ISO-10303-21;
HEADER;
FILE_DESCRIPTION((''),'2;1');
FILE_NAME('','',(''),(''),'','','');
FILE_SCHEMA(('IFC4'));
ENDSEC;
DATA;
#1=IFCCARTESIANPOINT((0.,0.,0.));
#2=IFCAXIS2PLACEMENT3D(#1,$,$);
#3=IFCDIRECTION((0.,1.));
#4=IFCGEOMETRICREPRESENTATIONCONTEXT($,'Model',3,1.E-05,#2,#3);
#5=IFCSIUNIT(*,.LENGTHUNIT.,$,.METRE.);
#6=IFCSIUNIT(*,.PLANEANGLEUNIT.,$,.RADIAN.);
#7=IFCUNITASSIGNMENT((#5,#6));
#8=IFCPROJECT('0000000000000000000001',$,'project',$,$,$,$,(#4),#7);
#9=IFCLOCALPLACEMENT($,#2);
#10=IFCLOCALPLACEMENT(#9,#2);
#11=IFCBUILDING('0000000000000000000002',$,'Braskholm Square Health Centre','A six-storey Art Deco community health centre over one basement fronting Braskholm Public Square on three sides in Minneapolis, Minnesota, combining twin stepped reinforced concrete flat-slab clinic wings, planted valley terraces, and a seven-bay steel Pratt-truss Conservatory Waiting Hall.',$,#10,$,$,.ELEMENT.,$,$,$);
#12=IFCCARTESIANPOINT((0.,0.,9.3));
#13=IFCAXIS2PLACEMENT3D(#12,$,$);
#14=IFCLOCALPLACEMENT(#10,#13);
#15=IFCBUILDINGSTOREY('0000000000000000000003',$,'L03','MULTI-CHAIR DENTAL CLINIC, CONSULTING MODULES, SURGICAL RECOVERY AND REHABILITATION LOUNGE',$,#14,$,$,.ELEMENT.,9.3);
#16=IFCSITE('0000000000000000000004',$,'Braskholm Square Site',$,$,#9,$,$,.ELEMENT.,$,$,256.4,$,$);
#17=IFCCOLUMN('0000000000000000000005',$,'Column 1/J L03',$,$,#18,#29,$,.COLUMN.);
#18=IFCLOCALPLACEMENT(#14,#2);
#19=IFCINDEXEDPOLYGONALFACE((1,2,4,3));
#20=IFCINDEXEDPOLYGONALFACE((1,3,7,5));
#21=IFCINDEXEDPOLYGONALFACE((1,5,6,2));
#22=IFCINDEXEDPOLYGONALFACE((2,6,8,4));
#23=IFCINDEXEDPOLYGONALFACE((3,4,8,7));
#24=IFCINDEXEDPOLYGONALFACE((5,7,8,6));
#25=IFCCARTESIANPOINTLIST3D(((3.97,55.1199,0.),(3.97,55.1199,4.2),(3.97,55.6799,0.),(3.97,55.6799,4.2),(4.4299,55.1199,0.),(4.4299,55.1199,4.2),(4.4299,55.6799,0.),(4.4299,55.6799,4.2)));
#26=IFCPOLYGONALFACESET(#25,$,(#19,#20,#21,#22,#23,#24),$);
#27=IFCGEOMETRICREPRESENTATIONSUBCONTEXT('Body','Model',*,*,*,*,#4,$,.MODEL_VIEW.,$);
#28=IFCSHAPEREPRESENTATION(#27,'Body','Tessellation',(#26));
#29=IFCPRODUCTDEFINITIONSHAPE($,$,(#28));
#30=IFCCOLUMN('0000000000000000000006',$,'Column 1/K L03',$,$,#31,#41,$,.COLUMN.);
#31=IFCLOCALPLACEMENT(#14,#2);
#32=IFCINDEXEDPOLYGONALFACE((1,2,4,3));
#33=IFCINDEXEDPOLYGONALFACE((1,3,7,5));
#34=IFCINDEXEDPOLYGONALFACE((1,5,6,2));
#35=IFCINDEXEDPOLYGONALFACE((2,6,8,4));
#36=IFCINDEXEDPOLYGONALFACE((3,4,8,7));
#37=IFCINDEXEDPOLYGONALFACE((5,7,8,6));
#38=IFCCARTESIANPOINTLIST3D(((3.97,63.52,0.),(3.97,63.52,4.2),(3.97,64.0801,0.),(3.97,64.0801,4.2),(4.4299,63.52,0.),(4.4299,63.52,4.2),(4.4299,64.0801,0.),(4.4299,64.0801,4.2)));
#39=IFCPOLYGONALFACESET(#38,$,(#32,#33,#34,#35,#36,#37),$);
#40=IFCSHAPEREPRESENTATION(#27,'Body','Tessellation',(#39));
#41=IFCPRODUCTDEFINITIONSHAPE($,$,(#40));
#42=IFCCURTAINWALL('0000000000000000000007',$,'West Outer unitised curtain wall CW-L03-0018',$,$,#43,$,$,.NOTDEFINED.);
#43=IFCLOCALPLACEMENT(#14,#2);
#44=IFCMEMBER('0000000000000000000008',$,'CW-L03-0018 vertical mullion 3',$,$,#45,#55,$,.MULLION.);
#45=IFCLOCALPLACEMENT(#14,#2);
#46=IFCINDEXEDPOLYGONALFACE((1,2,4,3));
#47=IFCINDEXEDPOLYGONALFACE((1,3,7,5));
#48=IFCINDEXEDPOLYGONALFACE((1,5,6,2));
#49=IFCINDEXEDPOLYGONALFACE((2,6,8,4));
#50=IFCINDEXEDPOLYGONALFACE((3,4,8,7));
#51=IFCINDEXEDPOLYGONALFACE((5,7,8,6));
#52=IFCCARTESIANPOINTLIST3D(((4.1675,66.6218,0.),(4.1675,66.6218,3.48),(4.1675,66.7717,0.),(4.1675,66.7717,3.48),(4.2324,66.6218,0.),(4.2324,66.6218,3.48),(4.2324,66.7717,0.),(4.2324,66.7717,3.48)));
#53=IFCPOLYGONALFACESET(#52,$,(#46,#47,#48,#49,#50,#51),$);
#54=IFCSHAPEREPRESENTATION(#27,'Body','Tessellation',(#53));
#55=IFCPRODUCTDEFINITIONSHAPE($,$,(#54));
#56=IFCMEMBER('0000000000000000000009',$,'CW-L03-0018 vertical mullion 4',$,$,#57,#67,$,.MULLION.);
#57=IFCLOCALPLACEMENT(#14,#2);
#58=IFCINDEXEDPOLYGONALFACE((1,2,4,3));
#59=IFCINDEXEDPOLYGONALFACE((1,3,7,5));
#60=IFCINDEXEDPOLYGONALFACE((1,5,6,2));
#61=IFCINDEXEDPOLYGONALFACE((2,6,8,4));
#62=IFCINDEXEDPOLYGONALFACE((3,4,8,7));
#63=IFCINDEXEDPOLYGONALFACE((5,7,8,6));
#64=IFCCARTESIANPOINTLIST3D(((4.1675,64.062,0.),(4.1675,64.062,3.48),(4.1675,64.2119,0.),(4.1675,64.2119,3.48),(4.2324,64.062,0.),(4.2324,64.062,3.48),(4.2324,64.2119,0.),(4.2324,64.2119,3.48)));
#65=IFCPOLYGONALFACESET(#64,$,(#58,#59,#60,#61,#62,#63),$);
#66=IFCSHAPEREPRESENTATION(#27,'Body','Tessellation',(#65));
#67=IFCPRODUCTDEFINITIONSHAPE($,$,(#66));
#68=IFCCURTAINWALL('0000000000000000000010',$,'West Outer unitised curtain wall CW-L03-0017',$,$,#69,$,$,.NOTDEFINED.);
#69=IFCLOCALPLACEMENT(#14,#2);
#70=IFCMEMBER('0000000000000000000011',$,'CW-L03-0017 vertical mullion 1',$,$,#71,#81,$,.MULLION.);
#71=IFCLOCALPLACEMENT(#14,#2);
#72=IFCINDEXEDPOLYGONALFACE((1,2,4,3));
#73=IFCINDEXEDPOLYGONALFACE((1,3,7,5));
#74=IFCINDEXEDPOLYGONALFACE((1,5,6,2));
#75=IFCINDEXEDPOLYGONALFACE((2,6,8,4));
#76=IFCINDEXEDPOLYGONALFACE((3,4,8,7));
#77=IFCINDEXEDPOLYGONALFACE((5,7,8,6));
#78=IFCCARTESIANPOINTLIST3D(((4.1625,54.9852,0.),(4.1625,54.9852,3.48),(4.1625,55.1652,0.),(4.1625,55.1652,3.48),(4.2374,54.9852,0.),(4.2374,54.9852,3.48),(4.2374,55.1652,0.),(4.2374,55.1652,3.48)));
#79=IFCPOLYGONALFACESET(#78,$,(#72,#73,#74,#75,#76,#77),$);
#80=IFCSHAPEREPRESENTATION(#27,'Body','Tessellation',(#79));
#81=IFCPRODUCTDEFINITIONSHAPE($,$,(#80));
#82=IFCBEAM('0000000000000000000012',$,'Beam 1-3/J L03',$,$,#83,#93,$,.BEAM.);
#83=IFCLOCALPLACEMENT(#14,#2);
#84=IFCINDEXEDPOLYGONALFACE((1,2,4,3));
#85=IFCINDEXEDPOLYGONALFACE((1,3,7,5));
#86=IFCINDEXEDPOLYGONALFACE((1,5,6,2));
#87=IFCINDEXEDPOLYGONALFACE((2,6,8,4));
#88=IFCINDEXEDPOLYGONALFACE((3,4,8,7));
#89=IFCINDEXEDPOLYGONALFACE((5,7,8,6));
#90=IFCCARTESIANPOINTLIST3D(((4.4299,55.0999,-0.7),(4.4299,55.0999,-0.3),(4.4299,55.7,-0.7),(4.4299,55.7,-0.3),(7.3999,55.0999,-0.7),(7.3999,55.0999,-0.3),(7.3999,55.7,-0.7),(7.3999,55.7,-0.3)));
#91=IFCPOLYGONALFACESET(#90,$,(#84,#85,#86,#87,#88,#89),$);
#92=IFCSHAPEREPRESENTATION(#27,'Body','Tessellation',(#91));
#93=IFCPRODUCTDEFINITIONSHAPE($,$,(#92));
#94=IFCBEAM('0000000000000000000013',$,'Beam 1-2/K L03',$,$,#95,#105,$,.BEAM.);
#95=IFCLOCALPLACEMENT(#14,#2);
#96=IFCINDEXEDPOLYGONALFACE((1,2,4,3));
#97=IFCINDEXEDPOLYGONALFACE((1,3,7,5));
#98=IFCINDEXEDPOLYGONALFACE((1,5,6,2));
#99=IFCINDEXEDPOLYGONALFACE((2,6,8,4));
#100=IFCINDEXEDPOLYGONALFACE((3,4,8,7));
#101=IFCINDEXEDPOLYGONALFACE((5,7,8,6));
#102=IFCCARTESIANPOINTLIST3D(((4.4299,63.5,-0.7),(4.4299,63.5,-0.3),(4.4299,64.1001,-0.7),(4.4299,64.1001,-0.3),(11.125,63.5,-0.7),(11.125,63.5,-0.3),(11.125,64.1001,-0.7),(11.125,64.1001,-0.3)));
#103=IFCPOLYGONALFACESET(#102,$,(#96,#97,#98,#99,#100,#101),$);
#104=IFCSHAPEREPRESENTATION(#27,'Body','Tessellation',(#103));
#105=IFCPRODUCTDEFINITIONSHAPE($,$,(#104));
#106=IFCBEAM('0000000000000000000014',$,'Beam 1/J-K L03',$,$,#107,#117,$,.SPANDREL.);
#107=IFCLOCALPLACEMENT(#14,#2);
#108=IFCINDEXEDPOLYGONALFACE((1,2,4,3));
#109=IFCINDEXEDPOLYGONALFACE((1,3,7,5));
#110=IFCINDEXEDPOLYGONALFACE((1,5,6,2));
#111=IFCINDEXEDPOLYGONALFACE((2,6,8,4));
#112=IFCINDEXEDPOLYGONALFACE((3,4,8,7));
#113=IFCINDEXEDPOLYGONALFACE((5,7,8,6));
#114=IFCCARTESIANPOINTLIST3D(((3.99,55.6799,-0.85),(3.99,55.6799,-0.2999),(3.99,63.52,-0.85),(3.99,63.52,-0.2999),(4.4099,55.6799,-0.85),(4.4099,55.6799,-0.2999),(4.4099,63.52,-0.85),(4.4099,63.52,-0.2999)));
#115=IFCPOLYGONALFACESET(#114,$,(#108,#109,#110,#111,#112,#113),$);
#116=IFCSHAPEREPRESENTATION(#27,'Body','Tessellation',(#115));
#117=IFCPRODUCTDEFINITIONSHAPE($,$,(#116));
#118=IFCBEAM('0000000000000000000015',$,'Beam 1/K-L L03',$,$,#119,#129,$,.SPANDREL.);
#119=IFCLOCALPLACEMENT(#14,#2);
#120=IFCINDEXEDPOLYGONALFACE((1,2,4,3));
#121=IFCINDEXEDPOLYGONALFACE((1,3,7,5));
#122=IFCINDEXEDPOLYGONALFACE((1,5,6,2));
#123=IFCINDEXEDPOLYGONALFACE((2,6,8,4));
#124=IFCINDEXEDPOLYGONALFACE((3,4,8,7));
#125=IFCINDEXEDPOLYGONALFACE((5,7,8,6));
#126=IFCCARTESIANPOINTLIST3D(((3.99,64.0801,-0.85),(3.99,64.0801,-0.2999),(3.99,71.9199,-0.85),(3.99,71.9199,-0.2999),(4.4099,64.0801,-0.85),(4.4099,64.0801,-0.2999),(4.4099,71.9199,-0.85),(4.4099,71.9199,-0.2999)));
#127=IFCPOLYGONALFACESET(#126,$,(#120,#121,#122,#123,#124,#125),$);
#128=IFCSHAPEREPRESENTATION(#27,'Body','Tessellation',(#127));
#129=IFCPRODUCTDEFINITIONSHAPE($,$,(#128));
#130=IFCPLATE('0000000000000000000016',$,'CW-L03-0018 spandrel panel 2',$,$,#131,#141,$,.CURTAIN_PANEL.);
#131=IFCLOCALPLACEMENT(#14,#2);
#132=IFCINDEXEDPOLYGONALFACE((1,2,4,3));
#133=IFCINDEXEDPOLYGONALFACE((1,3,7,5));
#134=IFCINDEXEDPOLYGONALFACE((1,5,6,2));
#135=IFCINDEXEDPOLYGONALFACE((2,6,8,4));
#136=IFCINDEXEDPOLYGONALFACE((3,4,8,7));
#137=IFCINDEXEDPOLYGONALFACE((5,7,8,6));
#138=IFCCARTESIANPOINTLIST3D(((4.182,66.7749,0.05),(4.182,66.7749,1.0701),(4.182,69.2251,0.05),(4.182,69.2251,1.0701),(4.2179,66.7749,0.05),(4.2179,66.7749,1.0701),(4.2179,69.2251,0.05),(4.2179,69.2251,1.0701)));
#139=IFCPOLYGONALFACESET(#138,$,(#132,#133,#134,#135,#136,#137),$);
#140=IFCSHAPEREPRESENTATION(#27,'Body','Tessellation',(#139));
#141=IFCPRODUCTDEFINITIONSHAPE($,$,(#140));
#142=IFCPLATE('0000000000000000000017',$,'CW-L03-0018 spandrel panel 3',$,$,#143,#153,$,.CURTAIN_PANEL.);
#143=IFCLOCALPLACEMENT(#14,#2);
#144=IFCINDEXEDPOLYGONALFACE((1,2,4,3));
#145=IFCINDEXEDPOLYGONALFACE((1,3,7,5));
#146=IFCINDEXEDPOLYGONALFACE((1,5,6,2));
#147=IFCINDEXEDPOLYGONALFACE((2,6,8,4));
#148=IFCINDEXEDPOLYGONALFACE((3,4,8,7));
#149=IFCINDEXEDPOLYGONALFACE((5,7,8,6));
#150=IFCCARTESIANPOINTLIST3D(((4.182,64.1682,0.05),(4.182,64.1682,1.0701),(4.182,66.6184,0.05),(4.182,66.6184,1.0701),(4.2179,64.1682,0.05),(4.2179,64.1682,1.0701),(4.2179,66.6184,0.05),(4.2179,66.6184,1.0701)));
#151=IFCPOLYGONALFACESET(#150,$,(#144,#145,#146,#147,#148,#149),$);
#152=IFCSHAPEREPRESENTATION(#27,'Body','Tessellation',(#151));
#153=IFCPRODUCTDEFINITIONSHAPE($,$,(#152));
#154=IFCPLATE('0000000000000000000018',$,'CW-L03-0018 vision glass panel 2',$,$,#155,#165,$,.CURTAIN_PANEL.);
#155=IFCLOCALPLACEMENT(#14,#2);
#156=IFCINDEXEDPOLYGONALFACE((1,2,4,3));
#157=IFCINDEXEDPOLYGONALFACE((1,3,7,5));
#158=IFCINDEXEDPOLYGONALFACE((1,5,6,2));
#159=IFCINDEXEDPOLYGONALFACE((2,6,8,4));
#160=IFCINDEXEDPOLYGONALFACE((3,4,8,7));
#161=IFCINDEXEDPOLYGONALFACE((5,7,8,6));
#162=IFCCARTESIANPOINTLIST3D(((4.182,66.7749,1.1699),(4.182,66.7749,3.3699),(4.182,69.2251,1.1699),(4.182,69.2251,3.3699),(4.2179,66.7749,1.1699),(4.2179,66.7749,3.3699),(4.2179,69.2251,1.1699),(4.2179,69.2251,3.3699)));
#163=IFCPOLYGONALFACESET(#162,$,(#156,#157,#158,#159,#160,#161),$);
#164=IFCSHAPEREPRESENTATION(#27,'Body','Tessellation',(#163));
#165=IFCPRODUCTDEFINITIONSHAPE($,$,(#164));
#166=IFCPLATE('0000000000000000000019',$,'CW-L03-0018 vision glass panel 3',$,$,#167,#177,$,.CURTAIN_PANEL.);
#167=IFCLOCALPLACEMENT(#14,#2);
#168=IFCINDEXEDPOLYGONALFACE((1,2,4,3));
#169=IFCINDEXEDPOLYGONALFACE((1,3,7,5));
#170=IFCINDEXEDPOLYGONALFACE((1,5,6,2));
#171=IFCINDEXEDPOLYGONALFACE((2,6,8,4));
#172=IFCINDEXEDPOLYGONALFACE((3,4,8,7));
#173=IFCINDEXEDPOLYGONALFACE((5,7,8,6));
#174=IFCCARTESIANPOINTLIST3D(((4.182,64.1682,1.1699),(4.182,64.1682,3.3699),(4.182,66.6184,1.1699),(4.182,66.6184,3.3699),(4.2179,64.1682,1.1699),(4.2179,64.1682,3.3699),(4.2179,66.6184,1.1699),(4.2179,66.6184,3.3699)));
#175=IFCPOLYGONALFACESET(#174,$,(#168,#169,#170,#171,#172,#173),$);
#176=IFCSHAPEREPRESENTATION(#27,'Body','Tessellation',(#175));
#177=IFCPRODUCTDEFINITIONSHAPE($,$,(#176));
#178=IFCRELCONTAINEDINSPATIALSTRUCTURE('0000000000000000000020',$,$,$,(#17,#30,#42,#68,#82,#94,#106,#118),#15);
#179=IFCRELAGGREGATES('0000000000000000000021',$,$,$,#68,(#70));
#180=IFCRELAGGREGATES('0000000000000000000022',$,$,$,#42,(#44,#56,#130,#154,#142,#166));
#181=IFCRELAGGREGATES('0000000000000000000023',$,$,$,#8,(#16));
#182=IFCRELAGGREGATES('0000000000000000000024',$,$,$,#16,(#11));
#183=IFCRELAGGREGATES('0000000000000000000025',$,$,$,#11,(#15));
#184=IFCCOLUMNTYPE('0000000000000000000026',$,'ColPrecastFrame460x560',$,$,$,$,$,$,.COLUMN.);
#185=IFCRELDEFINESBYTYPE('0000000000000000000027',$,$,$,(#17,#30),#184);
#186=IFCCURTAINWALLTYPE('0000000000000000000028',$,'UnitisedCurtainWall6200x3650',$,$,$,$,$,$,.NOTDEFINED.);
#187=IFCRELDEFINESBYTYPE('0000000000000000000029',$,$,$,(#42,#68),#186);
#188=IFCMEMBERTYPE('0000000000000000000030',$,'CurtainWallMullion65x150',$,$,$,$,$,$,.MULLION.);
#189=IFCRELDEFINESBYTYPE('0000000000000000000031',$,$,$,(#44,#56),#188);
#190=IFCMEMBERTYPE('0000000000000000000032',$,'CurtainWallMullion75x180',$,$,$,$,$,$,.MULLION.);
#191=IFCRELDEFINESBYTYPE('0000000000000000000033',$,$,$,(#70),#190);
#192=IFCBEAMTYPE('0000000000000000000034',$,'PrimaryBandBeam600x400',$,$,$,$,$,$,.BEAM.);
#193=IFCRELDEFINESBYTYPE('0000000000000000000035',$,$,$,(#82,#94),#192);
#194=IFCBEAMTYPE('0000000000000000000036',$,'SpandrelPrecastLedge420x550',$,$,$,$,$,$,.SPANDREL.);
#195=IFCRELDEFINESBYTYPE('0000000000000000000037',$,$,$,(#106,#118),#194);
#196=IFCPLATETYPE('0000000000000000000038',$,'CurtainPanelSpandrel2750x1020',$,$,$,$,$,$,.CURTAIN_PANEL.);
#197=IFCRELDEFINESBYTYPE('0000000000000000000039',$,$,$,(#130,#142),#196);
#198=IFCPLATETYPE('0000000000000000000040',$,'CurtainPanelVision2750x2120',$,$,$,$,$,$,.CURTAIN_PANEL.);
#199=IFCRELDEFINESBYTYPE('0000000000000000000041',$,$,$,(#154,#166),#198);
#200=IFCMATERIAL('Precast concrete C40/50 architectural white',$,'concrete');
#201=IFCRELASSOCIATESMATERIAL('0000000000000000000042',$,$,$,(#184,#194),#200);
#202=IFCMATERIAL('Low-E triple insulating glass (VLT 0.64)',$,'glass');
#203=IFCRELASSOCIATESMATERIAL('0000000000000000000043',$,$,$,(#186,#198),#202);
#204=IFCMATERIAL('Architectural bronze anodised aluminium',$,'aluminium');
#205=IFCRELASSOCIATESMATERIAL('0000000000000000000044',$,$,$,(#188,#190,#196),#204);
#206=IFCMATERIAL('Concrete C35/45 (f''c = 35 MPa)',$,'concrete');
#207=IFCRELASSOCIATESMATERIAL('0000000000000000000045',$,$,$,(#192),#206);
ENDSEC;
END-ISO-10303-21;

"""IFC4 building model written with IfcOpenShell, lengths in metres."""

from ifc_helpers import new_model, si_unit, direction, frame, origin, origin_2d, place, context, subcontext, project, spatial, rectangle, extrude, material, material_profile, profile_set, type_object, element, aggregate, save


model = new_model("IFC4")

# Units and contexts
model_context = context("Model", 3, precision=1e-05, world=origin(), true_north=direction((0.0, 1.0)))
body_context = subcontext(model_context, "Body", "Model", "MODEL_VIEW")
ifc_project = project(units=[si_unit("LENGTHUNIT", "METRE"), si_unit("PLANEANGLEUNIT", "RADIAN")], contexts=[model_context])

# Site, building, storey
site_placement = place(None, origin())
site = spatial("IfcSite", under=ifc_project, at=site_placement, Name="Braskholm Square Site", CompositionType="ELEMENT", RefElevation=256.4)
building_placement = place(site_placement, origin())
building = spatial("IfcBuilding", under=site, at=building_placement, Name="Braskholm Square Health Centre", Description="A six-storey Art Deco community health centre over one basement fronting Braskholm Public Square on three sides in Minneapolis, Minnesota, combining twin stepped reinforced concrete flat-slab clinic wings, planted valley terraces, and a seven-bay steel Pratt-truss Conservatory Waiting Hall.", CompositionType="ELEMENT")
storey_placement = place(building_placement, frame((0.0, 0.0, 9.3)))
storey = spatial("IfcBuildingStorey", under=building, at=storey_placement, Name="L03", Description="MULTI-CHAIR DENTAL CLINIC, CONSULTING MODULES, SURGICAL RECOVERY AND REHABILITATION LOUNGE", CompositionType="ELEMENT", Elevation=9.3)

# Columns
ifc_material_1 = material(Name="Precast concrete C40/50 architectural white", Category="concrete")
ifc_material_profile_1 = material_profile(ifc_material_1, rectangle(XDim=0.46, YDim=0.5601, at=origin_2d()), Name="RC-460X560")
ifc_profile_set_1 = profile_set([ifc_material_profile_1], Name="Precast concrete C40/50 architectural white")
column_type = type_object("IfcColumnType", Name="ColPrecastFrame460x560", PredefinedType="COLUMN", material=ifc_profile_set_1)
for number, where, z_axis, x_axis, name in (
    (1, (4.2, 55.3999, 0.0), (0.0, 0.0, 1.0), (1.0, 0.0, 0.0), "Column 1/J L03"),
    (2, (4.2, 63.8, 0.0), (0.0, 0.0, 1.0), (1.0, 0.0, 0.0), "Column 1/K L03"),
):
    element("IfcColumn", number, at=place(storey_placement, frame(where, z_axis=z_axis, x_axis=x_axis)), inside=storey, type_object=column_type, Name=name, PredefinedType="COLUMN", context=body_context, shape_type="SweptSolid", body=[
        extrude(rectangle(XDim=0.46, YDim=0.5601, at=origin_2d()), origin(), (0.0, 0.0, 1.0), 4.2),
    ])

# Curtain wall, members
ifc_material_2 = material(Name="Low-E triple insulating glass (VLT 0.64)", Category="glass")
curtain_wall_type = type_object("IfcCurtainWallType", Name="UnitisedCurtainWall6200x3650", PredefinedType="NOTDEFINED", material=ifc_material_2)
curtain_wall_1_placement = place(storey_placement, origin())
curtain_wall_1 = element("IfcCurtainWall", 3, at=curtain_wall_1_placement, inside=storey, type_object=curtain_wall_type, Name="West Outer unitised curtain wall CW-L03-0018", PredefinedType="NOTDEFINED")
ifc_material_3 = material(Name="Architectural bronze anodised aluminium", Category="aluminium")
ifc_material_profile_2 = material_profile(ifc_material_3, rectangle(XDim=0.0649, YDim=0.1499, at=origin_2d()), Name="ALU-65X150")
ifc_profile_set_2 = profile_set([ifc_material_profile_2], Name="Architectural bronze anodised aluminium")
member_type_1 = type_object("IfcMemberType", Name="CurtainWallMullion65x150", PredefinedType="MULLION", material=ifc_profile_set_2)
member_1_placement = place(storey_placement, frame((4.2, 66.6968, 0.0), z_axis=(0.0, 0.0, 1.0), x_axis=(1.0, 0.0, 0.0)))
member_1 = element("IfcMember", 4, at=member_1_placement, type_object=member_type_1, Name="CW-L03-0018 vertical mullion 3", PredefinedType="MULLION", context=body_context, shape_type="SweptSolid", body=[
    extrude(rectangle(XDim=0.0649, YDim=0.1499, at=origin_2d()), origin(), (0.0, 0.0, 1.0), 3.48),
])
member_2_placement = place(storey_placement, frame((4.2, 64.137, 0.0), z_axis=(0.0, 0.0, 1.0), x_axis=(1.0, 0.0, 0.0)))
member_2 = element("IfcMember", 5, at=member_2_placement, type_object=member_type_1, Name="CW-L03-0018 vertical mullion 4", PredefinedType="MULLION", context=body_context, shape_type="SweptSolid", body=[
    extrude(rectangle(XDim=0.0649, YDim=0.1499, at=origin_2d()), origin(), (0.0, 0.0, 1.0), 3.48),
])

# Curtain wall, member
curtain_wall_2_placement = place(storey_placement, origin())
curtain_wall_2 = element("IfcCurtainWall", 6, at=curtain_wall_2_placement, inside=storey, type_object=curtain_wall_type, Name="West Outer unitised curtain wall CW-L03-0017", PredefinedType="NOTDEFINED")
ifc_material_profile_3 = material_profile(ifc_material_3, rectangle(XDim=0.075, YDim=0.1799, at=origin_2d()), Name="ALU-75X180")
ifc_profile_set_3 = profile_set([ifc_material_profile_3], Name="Architectural bronze anodised aluminium")
member_type_2 = type_object("IfcMemberType", Name="CurtainWallMullion75x180", PredefinedType="MULLION", material=ifc_profile_set_3)
member_3_placement = place(storey_placement, frame((4.2, 55.0752, 0.0), z_axis=(0.0, 0.0, 1.0), x_axis=(1.0, 0.0, 0.0)))
member_3 = element("IfcMember", 7, at=member_3_placement, type_object=member_type_2, Name="CW-L03-0017 vertical mullion 1", PredefinedType="MULLION", context=body_context, shape_type="SweptSolid", body=[
    extrude(rectangle(XDim=0.075, YDim=0.1799, at=origin_2d()), origin(), (0.0, 0.0, 1.0), 3.48),
])
aggregate(curtain_wall_2, [member_3])

# Beams
ifc_material_4 = material(Name="Concrete C35/45 (f'c = 35 MPa)", Category="concrete")
ifc_material_profile_4 = material_profile(ifc_material_4, rectangle(XDim=0.6001, YDim=0.3999, at=origin_2d()), Name="RCB-600X400")
ifc_profile_set_4 = profile_set([ifc_material_profile_4], Name="Concrete C35/45 (f'c = 35 MPa)")
beam_type_1 = type_object("IfcBeamType", Name="PrimaryBandBeam600x400", PredefinedType="BEAM", material=ifc_profile_set_4)
beam_1_placement = place(storey_placement, frame((4.4299, 55.3999, -0.5), z_axis=(1.0, 0.0, 0.0), x_axis=(0.0, 1.0, 0.0)))
element("IfcBeam", 8, at=beam_1_placement, inside=storey, type_object=beam_type_1, Name="Beam 1-3/J L03", PredefinedType="BEAM", context=body_context, shape_type="SweptSolid", body=[
    extrude(rectangle(XDim=0.6001, YDim=0.3999, at=origin_2d()), origin(), (0.0, 0.0, 1.0), 2.97),
])
beam_2_placement = place(storey_placement, frame((4.4299, 63.8, -0.5), z_axis=(1.0, 0.0, 0.0), x_axis=(0.0, 1.0, 0.0)))
element("IfcBeam", 9, at=beam_2_placement, inside=storey, type_object=beam_type_1, Name="Beam 1-2/K L03", PredefinedType="BEAM", context=body_context, shape_type="SweptSolid", body=[
    extrude(rectangle(XDim=0.6001, YDim=0.3999, at=origin_2d()), origin(), (0.0, 0.0, 1.0), 6.6951),
])
ifc_material_profile_5 = material_profile(ifc_material_1, rectangle(XDim=0.4199, YDim=0.55, at=origin_2d()), Name="RCB-420X550")
ifc_profile_set_5 = profile_set([ifc_material_profile_5], Name="Precast concrete C40/50 architectural white")
beam_type_2 = type_object("IfcBeamType", Name="SpandrelPrecastLedge420x550", PredefinedType="SPANDREL", material=ifc_profile_set_5)
beam_3_placement = place(storey_placement, frame((4.2, 55.6799, -0.575), z_axis=(0.0, 1.0, 0.0), x_axis=(-1.0, 0.0, 0.0)))
element("IfcBeam", 10, at=beam_3_placement, inside=storey, type_object=beam_type_2, Name="Beam 1/J-K L03", PredefinedType="SPANDREL", context=body_context, shape_type="SweptSolid", body=[
    extrude(rectangle(XDim=0.4199, YDim=0.55, at=origin_2d()), origin(), (0.0, 0.0, 1.0), 7.8401),
])
beam_4_placement = place(storey_placement, frame((4.2, 64.0801, -0.575), z_axis=(0.0, 1.0, 0.0), x_axis=(-1.0, 0.0, 0.0)))
element("IfcBeam", 11, at=beam_4_placement, inside=storey, type_object=beam_type_2, Name="Beam 1/K-L L03", PredefinedType="SPANDREL", context=body_context, shape_type="SweptSolid", body=[
    extrude(rectangle(XDim=0.4199, YDim=0.55, at=origin_2d()), origin(), (0.0, 0.0, 1.0), 7.8398),
])

# Plates
plate_type_1 = type_object("IfcPlateType", Name="CurtainPanelSpandrel2750x1020", PredefinedType="CURTAIN_PANEL", material=ifc_material_3)
plate_1_placement = place(storey_placement, frame((4.2, 68.0, 0.05), z_axis=(0.0, 0.0, 1.0), x_axis=(0.0, -1.0, 0.0)))
plate_1 = element("IfcPlate", 12, at=plate_1_placement, type_object=plate_type_1, Name="CW-L03-0018 spandrel panel 2", PredefinedType="CURTAIN_PANEL", context=body_context, shape_type="SweptSolid", body=[
    extrude(rectangle(XDim=2.4502, YDim=0.0359, at=origin_2d()), origin(), (0.0, 0.0, 1.0), 1.02),
])
plate_2_placement = place(storey_placement, frame((4.2, 65.3933, 0.05), z_axis=(0.0, 0.0, 1.0), x_axis=(0.0, -1.0, 0.0)))
plate_2 = element("IfcPlate", 13, at=plate_2_placement, type_object=plate_type_1, Name="CW-L03-0018 spandrel panel 3", PredefinedType="CURTAIN_PANEL", context=body_context, shape_type="SweptSolid", body=[
    extrude(rectangle(XDim=2.4502, YDim=0.0359, at=origin_2d()), origin(), (0.0, 0.0, 1.0), 1.02),
])
plate_type_2 = type_object("IfcPlateType", Name="CurtainPanelVision2750x2120", PredefinedType="CURTAIN_PANEL", material=ifc_material_2)
plate_3_placement = place(storey_placement, frame((4.2, 68.0, 1.1699), z_axis=(0.0, 0.0, 1.0), x_axis=(0.0, -1.0, 0.0)))
plate_3 = element("IfcPlate", 14, at=plate_3_placement, type_object=plate_type_2, Name="CW-L03-0018 vision glass panel 2", PredefinedType="CURTAIN_PANEL", context=body_context, shape_type="SweptSolid", body=[
    extrude(rectangle(XDim=2.4502, YDim=0.0359, at=origin_2d()), origin(), (0.0, 0.0, 1.0), 2.2),
])
plate_4_placement = place(storey_placement, frame((4.2, 65.3933, 1.1699), z_axis=(0.0, 0.0, 1.0), x_axis=(0.0, -1.0, 0.0)))
plate_4 = element("IfcPlate", 15, at=plate_4_placement, type_object=plate_type_2, Name="CW-L03-0018 vision glass panel 3", PredefinedType="CURTAIN_PANEL", context=body_context, shape_type="SweptSolid", body=[
    extrude(rectangle(XDim=2.4502, YDim=0.0359, at=origin_2d()), origin(), (0.0, 0.0, 1.0), 2.2),
])
aggregate(curtain_wall_1, [member_1, member_2, plate_1, plate_3, plate_2, plate_4])

save(model, "model.ifc")
